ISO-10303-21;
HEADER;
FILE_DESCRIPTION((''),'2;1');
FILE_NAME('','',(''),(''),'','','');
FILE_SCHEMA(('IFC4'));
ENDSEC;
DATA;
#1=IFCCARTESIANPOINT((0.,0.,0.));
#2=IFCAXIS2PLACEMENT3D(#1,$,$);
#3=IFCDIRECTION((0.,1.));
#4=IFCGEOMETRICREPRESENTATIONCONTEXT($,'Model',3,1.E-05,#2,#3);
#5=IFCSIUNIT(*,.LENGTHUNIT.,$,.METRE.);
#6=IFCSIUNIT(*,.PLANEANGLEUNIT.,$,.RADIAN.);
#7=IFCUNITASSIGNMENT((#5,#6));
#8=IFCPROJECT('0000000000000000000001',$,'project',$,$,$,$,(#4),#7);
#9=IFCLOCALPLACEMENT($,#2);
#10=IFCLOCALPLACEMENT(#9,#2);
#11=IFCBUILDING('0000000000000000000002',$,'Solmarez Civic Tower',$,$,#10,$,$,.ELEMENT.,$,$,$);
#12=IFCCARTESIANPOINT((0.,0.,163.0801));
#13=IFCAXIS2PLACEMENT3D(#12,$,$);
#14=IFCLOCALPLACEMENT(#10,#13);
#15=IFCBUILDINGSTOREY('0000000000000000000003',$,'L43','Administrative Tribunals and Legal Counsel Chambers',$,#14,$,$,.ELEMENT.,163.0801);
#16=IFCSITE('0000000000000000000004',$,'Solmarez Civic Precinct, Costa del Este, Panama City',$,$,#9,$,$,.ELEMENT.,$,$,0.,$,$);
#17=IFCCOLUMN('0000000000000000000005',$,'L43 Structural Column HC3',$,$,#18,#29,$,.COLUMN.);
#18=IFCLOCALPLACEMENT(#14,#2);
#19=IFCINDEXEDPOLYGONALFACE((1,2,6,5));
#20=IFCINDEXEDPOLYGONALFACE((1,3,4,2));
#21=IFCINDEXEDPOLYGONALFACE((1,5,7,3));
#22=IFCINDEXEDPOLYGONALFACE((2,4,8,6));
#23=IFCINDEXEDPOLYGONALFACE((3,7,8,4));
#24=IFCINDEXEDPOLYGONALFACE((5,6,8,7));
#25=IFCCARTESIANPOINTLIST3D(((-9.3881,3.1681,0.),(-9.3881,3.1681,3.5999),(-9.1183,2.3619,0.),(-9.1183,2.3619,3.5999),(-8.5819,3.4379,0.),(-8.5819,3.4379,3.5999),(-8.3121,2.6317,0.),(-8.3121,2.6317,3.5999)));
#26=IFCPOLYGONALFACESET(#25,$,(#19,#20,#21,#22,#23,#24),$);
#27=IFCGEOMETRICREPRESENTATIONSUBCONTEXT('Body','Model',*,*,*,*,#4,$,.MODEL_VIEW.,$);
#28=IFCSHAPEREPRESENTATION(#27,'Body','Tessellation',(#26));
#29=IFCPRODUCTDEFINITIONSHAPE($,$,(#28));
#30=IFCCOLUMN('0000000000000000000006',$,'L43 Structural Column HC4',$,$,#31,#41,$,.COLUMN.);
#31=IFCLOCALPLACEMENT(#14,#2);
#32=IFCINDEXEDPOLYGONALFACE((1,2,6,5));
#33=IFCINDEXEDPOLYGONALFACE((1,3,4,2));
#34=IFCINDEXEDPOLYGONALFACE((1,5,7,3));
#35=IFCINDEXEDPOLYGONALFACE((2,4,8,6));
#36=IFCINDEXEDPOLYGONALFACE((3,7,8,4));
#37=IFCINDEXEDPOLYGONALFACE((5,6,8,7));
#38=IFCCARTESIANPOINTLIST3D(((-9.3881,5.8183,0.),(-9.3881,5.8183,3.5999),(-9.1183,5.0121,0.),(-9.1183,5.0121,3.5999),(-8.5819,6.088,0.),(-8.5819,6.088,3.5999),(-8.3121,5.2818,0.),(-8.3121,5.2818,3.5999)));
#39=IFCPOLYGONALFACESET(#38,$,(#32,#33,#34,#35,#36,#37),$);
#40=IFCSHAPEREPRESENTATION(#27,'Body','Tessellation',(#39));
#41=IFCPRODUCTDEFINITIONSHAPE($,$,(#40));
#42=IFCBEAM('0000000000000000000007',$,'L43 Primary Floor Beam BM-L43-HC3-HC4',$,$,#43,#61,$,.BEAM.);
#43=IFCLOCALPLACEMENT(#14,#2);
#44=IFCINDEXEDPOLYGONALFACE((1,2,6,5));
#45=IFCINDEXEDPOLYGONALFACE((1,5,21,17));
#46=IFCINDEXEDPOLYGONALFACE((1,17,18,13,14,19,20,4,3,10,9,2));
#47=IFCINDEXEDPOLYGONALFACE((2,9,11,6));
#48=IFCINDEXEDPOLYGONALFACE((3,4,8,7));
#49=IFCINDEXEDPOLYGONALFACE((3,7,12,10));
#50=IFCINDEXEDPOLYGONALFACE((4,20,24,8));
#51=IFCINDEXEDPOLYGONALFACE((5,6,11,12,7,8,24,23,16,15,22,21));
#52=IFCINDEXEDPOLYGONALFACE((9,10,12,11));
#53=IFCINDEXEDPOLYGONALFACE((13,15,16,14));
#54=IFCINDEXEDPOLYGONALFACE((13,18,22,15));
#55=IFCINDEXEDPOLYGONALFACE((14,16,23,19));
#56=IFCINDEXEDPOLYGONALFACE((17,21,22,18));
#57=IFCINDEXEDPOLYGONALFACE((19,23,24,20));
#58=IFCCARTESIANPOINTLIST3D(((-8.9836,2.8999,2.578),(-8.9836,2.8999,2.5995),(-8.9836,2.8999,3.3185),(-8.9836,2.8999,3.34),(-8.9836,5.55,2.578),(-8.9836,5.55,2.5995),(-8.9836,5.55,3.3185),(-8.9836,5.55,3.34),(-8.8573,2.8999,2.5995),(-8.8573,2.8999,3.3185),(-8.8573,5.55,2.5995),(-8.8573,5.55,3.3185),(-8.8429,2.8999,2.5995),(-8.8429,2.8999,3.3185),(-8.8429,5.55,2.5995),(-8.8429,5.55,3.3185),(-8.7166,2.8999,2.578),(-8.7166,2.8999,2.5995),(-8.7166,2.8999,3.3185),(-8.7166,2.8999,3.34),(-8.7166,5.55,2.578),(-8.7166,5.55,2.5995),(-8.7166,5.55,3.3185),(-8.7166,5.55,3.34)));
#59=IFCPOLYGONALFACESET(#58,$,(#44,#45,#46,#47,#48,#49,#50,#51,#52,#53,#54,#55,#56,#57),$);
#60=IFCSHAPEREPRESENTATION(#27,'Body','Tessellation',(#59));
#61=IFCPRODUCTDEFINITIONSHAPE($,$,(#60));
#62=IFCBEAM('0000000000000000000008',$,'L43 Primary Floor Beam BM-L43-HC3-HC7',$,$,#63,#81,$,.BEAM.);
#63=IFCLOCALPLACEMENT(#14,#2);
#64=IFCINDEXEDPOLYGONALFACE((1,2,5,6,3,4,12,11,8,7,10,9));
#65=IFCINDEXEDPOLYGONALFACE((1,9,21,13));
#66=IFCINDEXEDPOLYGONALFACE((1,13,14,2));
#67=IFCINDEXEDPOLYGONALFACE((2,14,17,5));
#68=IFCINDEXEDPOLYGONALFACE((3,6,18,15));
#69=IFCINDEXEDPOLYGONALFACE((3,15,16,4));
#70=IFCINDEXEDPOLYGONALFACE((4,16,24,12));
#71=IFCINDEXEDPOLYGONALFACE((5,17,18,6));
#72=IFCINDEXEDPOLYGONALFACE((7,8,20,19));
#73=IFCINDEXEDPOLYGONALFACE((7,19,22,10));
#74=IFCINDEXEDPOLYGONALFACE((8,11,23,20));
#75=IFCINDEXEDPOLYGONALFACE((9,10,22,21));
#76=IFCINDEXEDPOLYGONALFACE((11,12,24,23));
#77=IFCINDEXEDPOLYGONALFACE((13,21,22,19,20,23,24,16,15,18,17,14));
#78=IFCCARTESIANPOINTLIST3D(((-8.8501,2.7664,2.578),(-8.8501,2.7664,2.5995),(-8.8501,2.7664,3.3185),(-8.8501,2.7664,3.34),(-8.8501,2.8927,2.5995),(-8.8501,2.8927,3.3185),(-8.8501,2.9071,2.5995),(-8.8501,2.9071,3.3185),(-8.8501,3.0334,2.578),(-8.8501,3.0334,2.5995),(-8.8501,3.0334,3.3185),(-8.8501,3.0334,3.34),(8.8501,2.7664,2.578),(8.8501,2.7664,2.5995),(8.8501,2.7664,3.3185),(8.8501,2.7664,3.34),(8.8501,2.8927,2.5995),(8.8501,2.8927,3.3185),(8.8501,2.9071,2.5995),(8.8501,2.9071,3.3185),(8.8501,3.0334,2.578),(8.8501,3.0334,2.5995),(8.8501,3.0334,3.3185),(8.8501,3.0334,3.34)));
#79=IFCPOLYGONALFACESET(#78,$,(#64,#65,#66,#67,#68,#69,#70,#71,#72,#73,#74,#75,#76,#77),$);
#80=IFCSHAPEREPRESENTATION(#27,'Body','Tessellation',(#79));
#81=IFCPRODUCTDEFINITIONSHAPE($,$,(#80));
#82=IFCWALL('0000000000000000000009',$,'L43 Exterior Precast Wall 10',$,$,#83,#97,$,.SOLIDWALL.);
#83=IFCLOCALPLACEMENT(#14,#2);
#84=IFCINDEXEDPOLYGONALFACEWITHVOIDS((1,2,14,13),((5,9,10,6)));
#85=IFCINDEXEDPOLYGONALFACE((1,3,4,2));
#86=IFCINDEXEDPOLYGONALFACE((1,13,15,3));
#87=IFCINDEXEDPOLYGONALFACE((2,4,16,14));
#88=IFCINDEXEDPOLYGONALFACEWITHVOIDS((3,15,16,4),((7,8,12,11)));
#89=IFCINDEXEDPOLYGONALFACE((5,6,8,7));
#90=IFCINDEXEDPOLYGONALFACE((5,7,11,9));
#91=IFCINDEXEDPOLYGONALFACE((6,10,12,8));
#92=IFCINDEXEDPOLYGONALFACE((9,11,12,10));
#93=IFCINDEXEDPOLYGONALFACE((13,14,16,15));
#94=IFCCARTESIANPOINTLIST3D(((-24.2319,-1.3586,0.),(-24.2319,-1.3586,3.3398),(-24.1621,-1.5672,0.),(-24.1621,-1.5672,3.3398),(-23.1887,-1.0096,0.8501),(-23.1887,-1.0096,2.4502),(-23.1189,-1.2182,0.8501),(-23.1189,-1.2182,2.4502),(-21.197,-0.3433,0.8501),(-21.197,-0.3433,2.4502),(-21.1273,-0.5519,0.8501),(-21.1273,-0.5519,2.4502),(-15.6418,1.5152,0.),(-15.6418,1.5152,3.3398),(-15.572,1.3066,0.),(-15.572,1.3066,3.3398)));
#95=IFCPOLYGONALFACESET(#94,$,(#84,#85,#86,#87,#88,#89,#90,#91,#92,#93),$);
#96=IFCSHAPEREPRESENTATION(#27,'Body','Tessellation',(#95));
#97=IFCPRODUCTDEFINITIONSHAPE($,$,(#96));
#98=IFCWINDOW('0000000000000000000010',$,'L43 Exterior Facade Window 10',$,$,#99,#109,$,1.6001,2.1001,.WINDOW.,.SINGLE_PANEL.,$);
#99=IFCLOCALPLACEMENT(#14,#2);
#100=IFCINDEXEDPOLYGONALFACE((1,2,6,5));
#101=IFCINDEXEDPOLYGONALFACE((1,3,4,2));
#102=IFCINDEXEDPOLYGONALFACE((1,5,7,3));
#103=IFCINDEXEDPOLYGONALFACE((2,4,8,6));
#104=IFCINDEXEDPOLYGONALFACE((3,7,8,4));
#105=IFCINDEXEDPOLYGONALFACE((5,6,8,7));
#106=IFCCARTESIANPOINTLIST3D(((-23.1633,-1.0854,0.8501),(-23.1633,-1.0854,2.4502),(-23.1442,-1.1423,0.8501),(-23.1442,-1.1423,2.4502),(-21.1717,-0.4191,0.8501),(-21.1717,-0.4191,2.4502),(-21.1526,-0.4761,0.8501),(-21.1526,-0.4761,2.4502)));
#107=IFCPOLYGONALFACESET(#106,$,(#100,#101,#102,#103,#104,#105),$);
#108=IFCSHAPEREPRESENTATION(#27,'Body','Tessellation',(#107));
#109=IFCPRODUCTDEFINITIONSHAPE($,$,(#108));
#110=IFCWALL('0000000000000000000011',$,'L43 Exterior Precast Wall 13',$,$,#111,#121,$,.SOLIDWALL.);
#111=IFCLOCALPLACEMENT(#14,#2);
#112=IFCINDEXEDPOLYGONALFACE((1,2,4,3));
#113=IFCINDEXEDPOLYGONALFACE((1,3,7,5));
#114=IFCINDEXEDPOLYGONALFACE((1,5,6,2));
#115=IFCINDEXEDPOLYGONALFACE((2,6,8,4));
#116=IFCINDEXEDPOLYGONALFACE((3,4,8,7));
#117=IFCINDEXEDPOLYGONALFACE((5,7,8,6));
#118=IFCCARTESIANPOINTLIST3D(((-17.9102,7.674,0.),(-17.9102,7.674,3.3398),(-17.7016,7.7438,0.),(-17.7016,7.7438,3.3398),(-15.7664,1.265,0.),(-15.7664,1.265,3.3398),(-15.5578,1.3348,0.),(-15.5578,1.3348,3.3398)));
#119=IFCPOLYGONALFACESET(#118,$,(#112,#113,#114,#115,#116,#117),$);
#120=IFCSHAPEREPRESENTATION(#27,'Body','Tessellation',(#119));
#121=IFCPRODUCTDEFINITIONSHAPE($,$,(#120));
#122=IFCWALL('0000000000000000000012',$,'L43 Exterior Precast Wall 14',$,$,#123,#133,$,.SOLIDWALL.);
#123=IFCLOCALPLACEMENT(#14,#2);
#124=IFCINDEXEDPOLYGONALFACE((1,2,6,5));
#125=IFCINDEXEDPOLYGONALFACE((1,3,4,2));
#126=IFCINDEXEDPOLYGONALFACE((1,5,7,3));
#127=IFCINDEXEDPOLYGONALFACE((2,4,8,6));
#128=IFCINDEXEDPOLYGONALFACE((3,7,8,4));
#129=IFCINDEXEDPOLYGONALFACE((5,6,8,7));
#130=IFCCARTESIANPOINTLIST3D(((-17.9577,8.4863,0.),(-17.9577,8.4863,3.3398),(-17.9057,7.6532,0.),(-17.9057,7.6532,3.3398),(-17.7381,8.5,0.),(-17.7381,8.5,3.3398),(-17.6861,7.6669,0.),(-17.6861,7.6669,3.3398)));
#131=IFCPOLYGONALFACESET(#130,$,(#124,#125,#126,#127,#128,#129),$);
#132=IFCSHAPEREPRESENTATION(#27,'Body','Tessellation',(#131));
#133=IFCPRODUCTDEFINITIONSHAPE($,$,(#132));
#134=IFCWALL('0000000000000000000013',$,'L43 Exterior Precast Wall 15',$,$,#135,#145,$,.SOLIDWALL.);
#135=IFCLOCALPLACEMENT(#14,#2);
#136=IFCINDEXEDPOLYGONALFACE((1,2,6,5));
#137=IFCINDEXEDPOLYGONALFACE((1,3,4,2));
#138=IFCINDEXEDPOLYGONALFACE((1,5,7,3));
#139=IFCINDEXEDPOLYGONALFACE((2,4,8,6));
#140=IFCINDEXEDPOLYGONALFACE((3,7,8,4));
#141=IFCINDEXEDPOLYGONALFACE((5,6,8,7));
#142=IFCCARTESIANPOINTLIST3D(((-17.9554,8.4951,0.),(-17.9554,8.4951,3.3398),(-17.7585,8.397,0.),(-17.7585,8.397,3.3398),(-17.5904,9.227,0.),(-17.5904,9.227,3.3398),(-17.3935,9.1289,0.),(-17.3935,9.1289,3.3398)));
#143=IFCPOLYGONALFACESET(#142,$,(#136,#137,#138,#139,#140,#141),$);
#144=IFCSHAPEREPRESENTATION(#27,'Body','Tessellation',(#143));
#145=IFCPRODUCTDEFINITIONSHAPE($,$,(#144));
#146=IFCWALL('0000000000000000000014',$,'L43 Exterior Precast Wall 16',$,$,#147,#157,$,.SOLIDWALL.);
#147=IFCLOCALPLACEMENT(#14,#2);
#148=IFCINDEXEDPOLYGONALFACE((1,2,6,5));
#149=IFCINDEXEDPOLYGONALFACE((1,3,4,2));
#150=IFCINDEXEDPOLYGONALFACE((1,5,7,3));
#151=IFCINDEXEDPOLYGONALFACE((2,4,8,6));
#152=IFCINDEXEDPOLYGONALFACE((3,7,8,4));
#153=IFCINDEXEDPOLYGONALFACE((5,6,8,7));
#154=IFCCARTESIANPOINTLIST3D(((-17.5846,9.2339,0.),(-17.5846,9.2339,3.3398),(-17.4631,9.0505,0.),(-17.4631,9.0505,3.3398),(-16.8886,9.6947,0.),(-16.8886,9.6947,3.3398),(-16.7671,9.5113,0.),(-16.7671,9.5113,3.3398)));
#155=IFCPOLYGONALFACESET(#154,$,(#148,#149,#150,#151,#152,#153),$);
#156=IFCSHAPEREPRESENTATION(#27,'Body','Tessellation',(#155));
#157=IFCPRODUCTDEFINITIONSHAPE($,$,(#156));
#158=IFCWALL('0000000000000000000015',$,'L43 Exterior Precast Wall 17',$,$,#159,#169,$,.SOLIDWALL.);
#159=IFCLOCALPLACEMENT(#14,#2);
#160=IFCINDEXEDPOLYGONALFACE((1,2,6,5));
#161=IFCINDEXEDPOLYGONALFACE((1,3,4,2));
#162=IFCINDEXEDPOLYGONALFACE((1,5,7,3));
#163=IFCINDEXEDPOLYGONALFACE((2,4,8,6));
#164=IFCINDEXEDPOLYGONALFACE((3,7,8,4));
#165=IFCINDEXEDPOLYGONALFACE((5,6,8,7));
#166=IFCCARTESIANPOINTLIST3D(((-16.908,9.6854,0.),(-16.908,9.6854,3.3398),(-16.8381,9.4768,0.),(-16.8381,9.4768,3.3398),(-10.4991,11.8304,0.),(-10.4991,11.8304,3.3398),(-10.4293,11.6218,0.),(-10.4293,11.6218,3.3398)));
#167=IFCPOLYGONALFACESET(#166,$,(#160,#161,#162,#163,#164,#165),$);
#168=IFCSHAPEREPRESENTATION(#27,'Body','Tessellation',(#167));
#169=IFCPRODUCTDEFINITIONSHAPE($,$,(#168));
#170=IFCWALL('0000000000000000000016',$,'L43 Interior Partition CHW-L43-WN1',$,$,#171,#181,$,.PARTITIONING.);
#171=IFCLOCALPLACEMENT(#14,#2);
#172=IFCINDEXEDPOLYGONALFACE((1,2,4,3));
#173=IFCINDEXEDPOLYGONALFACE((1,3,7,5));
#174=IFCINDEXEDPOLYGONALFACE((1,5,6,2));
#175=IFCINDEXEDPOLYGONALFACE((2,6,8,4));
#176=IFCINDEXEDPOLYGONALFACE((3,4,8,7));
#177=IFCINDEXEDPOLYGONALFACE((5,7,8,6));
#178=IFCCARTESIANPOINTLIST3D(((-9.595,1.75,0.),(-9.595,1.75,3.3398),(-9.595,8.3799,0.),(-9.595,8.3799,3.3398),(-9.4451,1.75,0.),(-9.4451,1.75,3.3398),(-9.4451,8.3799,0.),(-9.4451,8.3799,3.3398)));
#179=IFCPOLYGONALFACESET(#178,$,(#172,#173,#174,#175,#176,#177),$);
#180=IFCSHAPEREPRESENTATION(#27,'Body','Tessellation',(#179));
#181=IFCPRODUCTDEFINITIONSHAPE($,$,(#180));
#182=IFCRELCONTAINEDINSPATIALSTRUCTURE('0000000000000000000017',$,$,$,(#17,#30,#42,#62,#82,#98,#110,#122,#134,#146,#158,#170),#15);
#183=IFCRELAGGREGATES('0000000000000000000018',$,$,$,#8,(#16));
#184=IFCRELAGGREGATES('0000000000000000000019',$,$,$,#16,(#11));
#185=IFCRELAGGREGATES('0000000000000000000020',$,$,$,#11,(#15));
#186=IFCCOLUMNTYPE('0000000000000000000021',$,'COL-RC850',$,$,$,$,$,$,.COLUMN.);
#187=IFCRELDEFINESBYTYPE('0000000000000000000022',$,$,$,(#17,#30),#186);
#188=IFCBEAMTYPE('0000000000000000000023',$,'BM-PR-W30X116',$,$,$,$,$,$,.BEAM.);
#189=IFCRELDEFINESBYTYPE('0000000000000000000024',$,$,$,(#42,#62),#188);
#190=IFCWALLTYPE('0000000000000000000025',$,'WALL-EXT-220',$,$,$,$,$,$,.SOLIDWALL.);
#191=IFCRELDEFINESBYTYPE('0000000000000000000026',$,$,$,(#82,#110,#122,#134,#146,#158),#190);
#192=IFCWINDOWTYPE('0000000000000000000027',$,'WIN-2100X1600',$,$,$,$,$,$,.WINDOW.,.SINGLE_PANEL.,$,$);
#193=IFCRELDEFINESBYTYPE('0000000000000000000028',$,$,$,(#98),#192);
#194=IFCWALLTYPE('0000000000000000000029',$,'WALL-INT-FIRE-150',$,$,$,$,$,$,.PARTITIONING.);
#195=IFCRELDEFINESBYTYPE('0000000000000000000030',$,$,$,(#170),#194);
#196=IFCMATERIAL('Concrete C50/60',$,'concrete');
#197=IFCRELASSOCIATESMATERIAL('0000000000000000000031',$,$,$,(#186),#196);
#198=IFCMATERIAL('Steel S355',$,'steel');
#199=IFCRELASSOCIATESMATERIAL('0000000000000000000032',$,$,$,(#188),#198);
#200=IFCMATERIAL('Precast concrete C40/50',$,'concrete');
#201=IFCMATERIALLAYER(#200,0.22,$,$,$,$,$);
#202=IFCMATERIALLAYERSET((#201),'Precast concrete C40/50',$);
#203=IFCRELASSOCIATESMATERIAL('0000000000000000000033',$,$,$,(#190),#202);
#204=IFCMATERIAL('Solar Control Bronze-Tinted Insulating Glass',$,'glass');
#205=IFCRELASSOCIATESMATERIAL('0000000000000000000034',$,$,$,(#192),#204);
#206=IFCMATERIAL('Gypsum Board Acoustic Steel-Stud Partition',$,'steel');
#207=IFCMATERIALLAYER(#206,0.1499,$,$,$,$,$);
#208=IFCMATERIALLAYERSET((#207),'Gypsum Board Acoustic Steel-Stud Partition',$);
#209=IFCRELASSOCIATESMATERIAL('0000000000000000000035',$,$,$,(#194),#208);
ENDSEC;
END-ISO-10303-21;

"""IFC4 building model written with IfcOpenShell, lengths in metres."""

from ifc_helpers import new_model, si_unit, direction, frame, frame_2d, origin, origin_2d, place, context, subcontext, project, spatial, rectangle, i_section, extrude, material, layer, layer_set, material_profile, profile_set, type_object, element, fill, save


model = new_model("IFC4")

# Units and contexts
model_context = context("Model", 3, precision=1e-05, world=origin(), true_north=direction((0.0, 1.0)))
body_context = subcontext(model_context, "Body", "Model", "MODEL_VIEW")
ifc_project = project(units=[si_unit("LENGTHUNIT", "METRE"), si_unit("PLANEANGLEUNIT", "RADIAN")], contexts=[model_context])

# Site, building, storey
site_placement = place(None, origin())
site = spatial("IfcSite", under=ifc_project, at=site_placement, Name="Solmarez Civic Precinct, Costa del Este, Panama City", CompositionType="ELEMENT", RefElevation=0.0)
building_placement = place(site_placement, origin())
building = spatial("IfcBuilding", under=site, at=building_placement, Name="Solmarez Civic Tower", CompositionType="ELEMENT")
storey_placement = place(building_placement, frame((0.0, 0.0, 163.0801)))
storey = spatial("IfcBuildingStorey", under=building, at=storey_placement, Name="L43", Description="Administrative Tribunals and Legal Counsel Chambers", CompositionType="ELEMENT", Elevation=163.0801)

# Columns
ifc_material_1 = material(Name="Concrete C50/60", Category="concrete")
ifc_material_profile_1 = material_profile(ifc_material_1, rectangle(XDim=0.8501, YDim=0.8501, at=origin_2d()), Name="RC850X850")
ifc_profile_set_1 = profile_set([ifc_material_profile_1], Name="Concrete C50/60")
column_type = type_object("IfcColumnType", Name="COL-RC850", PredefinedType="COLUMN", material=ifc_profile_set_1)
for number, where, z_axis, x_axis, name in (
    (1, (-8.8501, 2.8999, 0.0), (0.0, 0.0, 1.0), (0.948324, 0.317305, 0.0), "L43 Structural Column HC3"),
    (2, (-8.8501, 5.55, 0.0), (0.0, 0.0, 1.0), (0.948324, 0.317305, 0.0), "L43 Structural Column HC4"),
):
    element("IfcColumn", number, at=place(storey_placement, frame(where, z_axis=z_axis, x_axis=x_axis)), inside=storey, type_object=column_type, Name=name, PredefinedType="COLUMN", context=body_context, shape_type="SweptSolid", body=[
        extrude(rectangle(XDim=0.8501, YDim=0.8501, at=origin_2d()), origin(), (0.0, 0.0, 1.0), 3.5999),
    ])

# Beams
ifc_material_2 = material(Name="Steel S355", Category="steel")
ifc_material_profile_2 = material_profile(ifc_material_2, i_section(OverallWidth=0.2671, OverallDepth=0.762, WebThickness=0.0144, FlangeThickness=0.0215, at=origin_2d()), Name="W30X116")
ifc_profile_set_2 = profile_set([ifc_material_profile_2], Name="Steel S355")
beam_type = type_object("IfcBeamType", Name="BM-PR-W30X116", PredefinedType="BEAM", material=ifc_profile_set_2)
beam_1_placement = place(storey_placement, frame((-8.8501, 2.8999, 2.959), z_axis=(0.0, 1.0, 0.0), x_axis=(-1.0, 0.0, 0.0)))
element("IfcBeam", 3, at=beam_1_placement, inside=storey, type_object=beam_type, Name="L43 Primary Floor Beam BM-L43-HC3-HC4", PredefinedType="BEAM", context=body_context, shape_type="SweptSolid", body=[
    extrude(i_section(OverallWidth=0.2671, OverallDepth=0.762, WebThickness=0.0144, FlangeThickness=0.0215, at=origin_2d()), origin(), (0.0, 0.0, 1.0), 2.6501),
])
beam_2_placement = place(storey_placement, frame((-8.8501, 2.8999, 2.959), z_axis=(1.0, 0.0, 0.0), x_axis=(0.0, 1.0, 0.0)))
element("IfcBeam", 4, at=beam_2_placement, inside=storey, type_object=beam_type, Name="L43 Primary Floor Beam BM-L43-HC3-HC7", PredefinedType="BEAM", context=body_context, shape_type="SweptSolid", body=[
    extrude(i_section(OverallWidth=0.2671, OverallDepth=0.762, WebThickness=0.0144, FlangeThickness=0.0215, at=origin_2d()), origin(), (0.0, 0.0, 1.0), 17.7002),
])

# Wall, opening, window
ifc_material_3 = material(Name="Precast concrete C40/50", Category="concrete")
ifc_layer_1 = layer(ifc_material_3, 0.22)
ifc_layer_set_1 = layer_set([ifc_layer_1], Name="Precast concrete C40/50")
wall_type_1 = type_object("IfcWallType", Name="WALL-EXT-220", PredefinedType="SOLIDWALL", material=ifc_layer_set_1)
wall_1_placement = place(storey_placement, frame((-24.197, -1.4629, 0.0), z_axis=(0.0, 0.0, 1.0), x_axis=(0.948338, 0.317263, 0.0)))
wall_1 = element("IfcWall", 5, at=wall_1_placement, inside=storey, type_object=wall_type_1, Name="L43 Exterior Precast Wall 10", PredefinedType="SOLIDWALL", context=body_context, shape_type="SweptSolid", body=[
    extrude(rectangle(XDim=9.0581, YDim=0.22, at=frame_2d((4.5291, 0.0))), origin(), (0.0, 0.0, 1.0), 3.3398),
])
opening_1_placement = place(wall_1_placement, frame((1.1001, 0.0, 0.8501)))
opening_1 = element("IfcOpeningElement", 6, at=opening_1_placement, cuts=wall_1, PredefinedType="OPENING", context=body_context, shape_type="SweptSolid", body=[
    extrude(rectangle(XDim=2.1001, YDim=1.6001, at=frame_2d((1.05, 0.8))), frame((0.0, 0.1199, 0.0), z_axis=(0.0, -1.0, 0.0), x_axis=(1.0, 0.0, 0.0)), (0.0, 0.0, 1.0), 0.24),
])
ifc_material_4 = material(Name="Solar Control Bronze-Tinted Insulating Glass", Category="glass")
window_type = type_object("IfcWindowType", Name="WIN-2100X1600", PartitioningType="SINGLE_PANEL", PredefinedType="WINDOW", material=ifc_material_4)
window_placement = place(opening_1_placement, origin())
window = element("IfcWindow", 7, at=window_placement, inside=storey, type_object=window_type, Name="L43 Exterior Facade Window 10", OverallHeight=1.6001, OverallWidth=2.1001, PartitioningType="SINGLE_PANEL", PredefinedType="WINDOW", context=body_context, shape_type="SweptSolid", body=[
    extrude(rectangle(XDim=2.1001, YDim=1.6001, at=frame_2d((1.05, 0.8))), frame((0.0, 0.03, 0.0), z_axis=(0.0, -1.0, 0.0), x_axis=(1.0, 0.0, 0.0)), (0.0, 0.0, 1.0), 0.0601),
])
fill(opening_1, window)

# Walls
wall_2_placement = place(storey_placement, frame((-15.6621, 1.3, 0.0), z_axis=(0.0, 0.0, 1.0), x_axis=(-0.317225, 0.94835, 0.0)))
element("IfcWall", 8, at=wall_2_placement, inside=storey, type_object=wall_type_1, Name="L43 Exterior Precast Wall 13", PredefinedType="SOLIDWALL", context=body_context, shape_type="SweptSolid", body=[
    extrude(rectangle(XDim=6.7581, YDim=0.22, at=frame_2d((3.3789, 0.0))), origin(), (0.0, 0.0, 1.0), 3.3398),
])
wall_3_placement = place(storey_placement, frame((-17.7959, 7.6599, 0.0), z_axis=(0.0, 0.0, 1.0), x_axis=(-0.062305, 0.998057, 0.0)))
element("IfcWall", 9, at=wall_3_placement, inside=storey, type_object=wall_type_1, Name="L43 Exterior Precast Wall 14", PredefinedType="SOLIDWALL", context=body_context, shape_type="SweptSolid", body=[
    extrude(rectangle(XDim=0.8347, YDim=0.22, at=frame_2d((0.4175, 0.0))), origin(), (0.0, 0.0, 1.0), 3.3398),
])
wall_4_placement = place(storey_placement, frame((-17.8569, 8.446, 0.0), z_axis=(0.0, 0.0, 1.0), x_axis=(0.446258, 0.894904, 0.0)))
element("IfcWall", 10, at=wall_4_placement, inside=storey, type_object=wall_type_1, Name="L43 Exterior Precast Wall 15", PredefinedType="SOLIDWALL", context=body_context, shape_type="SweptSolid", body=[
    extrude(rectangle(XDim=0.8179, YDim=0.22, at=frame_2d((0.4089, 0.0))), origin(), (0.0, 0.0, 1.0), 3.3398),
])
wall_5_placement = place(storey_placement, frame((-17.5239, 9.1421, 0.0), z_axis=(0.0, 0.0, 1.0), x_axis=(0.833756, 0.552133, 0.0)))
element("IfcWall", 11, at=wall_5_placement, inside=storey, type_object=wall_type_1, Name="L43 Exterior Precast Wall 16", PredefinedType="SOLIDWALL", context=body_context, shape_type="SweptSolid", body=[
    extrude(rectangle(XDim=0.8347, YDim=0.22, at=frame_2d((0.4175, 0.0))), origin(), (0.0, 0.0, 1.0), 3.3398),
])
wall_6_placement = place(storey_placement, frame((-16.873, 9.5811, 0.0), z_axis=(0.0, 0.0, 1.0), x_axis=(0.948296, 0.317387, 0.0)))
element("IfcWall", 12, at=wall_6_placement, inside=storey, type_object=wall_type_1, Name="L43 Exterior Precast Wall 17", PredefinedType="SOLIDWALL", context=body_context, shape_type="SweptSolid", body=[
    extrude(rectangle(XDim=6.7583, YDim=0.22, at=frame_2d((3.3792, 0.0))), origin(), (0.0, 0.0, 1.0), 3.3398),
])
ifc_material_5 = material(Name="Gypsum Board Acoustic Steel-Stud Partition", Category="steel")
ifc_layer_2 = layer(ifc_material_5, 0.1499)
ifc_layer_set_2 = layer_set([ifc_layer_2], Name="Gypsum Board Acoustic Steel-Stud Partition")
wall_type_2 = type_object("IfcWallType", Name="WALL-INT-FIRE-150", PredefinedType="PARTITIONING", material=ifc_layer_set_2)
wall_7_placement = place(storey_placement, frame((-9.52, 1.75, 0.0), z_axis=(0.0, 0.0, 1.0), x_axis=(0.0, 1.0, 0.0)))
element("IfcWall", 13, at=wall_7_placement, inside=storey, type_object=wall_type_2, Name="L43 Interior Partition CHW-L43-WN1", PredefinedType="PARTITIONING", context=body_context, shape_type="SweptSolid", body=[
    extrude(rectangle(XDim=6.6299, YDim=0.1499, at=frame_2d((3.3149, 0.0))), origin(), (0.0, 0.0, 1.0), 3.3398),
])

save(model, "model.ifc")
